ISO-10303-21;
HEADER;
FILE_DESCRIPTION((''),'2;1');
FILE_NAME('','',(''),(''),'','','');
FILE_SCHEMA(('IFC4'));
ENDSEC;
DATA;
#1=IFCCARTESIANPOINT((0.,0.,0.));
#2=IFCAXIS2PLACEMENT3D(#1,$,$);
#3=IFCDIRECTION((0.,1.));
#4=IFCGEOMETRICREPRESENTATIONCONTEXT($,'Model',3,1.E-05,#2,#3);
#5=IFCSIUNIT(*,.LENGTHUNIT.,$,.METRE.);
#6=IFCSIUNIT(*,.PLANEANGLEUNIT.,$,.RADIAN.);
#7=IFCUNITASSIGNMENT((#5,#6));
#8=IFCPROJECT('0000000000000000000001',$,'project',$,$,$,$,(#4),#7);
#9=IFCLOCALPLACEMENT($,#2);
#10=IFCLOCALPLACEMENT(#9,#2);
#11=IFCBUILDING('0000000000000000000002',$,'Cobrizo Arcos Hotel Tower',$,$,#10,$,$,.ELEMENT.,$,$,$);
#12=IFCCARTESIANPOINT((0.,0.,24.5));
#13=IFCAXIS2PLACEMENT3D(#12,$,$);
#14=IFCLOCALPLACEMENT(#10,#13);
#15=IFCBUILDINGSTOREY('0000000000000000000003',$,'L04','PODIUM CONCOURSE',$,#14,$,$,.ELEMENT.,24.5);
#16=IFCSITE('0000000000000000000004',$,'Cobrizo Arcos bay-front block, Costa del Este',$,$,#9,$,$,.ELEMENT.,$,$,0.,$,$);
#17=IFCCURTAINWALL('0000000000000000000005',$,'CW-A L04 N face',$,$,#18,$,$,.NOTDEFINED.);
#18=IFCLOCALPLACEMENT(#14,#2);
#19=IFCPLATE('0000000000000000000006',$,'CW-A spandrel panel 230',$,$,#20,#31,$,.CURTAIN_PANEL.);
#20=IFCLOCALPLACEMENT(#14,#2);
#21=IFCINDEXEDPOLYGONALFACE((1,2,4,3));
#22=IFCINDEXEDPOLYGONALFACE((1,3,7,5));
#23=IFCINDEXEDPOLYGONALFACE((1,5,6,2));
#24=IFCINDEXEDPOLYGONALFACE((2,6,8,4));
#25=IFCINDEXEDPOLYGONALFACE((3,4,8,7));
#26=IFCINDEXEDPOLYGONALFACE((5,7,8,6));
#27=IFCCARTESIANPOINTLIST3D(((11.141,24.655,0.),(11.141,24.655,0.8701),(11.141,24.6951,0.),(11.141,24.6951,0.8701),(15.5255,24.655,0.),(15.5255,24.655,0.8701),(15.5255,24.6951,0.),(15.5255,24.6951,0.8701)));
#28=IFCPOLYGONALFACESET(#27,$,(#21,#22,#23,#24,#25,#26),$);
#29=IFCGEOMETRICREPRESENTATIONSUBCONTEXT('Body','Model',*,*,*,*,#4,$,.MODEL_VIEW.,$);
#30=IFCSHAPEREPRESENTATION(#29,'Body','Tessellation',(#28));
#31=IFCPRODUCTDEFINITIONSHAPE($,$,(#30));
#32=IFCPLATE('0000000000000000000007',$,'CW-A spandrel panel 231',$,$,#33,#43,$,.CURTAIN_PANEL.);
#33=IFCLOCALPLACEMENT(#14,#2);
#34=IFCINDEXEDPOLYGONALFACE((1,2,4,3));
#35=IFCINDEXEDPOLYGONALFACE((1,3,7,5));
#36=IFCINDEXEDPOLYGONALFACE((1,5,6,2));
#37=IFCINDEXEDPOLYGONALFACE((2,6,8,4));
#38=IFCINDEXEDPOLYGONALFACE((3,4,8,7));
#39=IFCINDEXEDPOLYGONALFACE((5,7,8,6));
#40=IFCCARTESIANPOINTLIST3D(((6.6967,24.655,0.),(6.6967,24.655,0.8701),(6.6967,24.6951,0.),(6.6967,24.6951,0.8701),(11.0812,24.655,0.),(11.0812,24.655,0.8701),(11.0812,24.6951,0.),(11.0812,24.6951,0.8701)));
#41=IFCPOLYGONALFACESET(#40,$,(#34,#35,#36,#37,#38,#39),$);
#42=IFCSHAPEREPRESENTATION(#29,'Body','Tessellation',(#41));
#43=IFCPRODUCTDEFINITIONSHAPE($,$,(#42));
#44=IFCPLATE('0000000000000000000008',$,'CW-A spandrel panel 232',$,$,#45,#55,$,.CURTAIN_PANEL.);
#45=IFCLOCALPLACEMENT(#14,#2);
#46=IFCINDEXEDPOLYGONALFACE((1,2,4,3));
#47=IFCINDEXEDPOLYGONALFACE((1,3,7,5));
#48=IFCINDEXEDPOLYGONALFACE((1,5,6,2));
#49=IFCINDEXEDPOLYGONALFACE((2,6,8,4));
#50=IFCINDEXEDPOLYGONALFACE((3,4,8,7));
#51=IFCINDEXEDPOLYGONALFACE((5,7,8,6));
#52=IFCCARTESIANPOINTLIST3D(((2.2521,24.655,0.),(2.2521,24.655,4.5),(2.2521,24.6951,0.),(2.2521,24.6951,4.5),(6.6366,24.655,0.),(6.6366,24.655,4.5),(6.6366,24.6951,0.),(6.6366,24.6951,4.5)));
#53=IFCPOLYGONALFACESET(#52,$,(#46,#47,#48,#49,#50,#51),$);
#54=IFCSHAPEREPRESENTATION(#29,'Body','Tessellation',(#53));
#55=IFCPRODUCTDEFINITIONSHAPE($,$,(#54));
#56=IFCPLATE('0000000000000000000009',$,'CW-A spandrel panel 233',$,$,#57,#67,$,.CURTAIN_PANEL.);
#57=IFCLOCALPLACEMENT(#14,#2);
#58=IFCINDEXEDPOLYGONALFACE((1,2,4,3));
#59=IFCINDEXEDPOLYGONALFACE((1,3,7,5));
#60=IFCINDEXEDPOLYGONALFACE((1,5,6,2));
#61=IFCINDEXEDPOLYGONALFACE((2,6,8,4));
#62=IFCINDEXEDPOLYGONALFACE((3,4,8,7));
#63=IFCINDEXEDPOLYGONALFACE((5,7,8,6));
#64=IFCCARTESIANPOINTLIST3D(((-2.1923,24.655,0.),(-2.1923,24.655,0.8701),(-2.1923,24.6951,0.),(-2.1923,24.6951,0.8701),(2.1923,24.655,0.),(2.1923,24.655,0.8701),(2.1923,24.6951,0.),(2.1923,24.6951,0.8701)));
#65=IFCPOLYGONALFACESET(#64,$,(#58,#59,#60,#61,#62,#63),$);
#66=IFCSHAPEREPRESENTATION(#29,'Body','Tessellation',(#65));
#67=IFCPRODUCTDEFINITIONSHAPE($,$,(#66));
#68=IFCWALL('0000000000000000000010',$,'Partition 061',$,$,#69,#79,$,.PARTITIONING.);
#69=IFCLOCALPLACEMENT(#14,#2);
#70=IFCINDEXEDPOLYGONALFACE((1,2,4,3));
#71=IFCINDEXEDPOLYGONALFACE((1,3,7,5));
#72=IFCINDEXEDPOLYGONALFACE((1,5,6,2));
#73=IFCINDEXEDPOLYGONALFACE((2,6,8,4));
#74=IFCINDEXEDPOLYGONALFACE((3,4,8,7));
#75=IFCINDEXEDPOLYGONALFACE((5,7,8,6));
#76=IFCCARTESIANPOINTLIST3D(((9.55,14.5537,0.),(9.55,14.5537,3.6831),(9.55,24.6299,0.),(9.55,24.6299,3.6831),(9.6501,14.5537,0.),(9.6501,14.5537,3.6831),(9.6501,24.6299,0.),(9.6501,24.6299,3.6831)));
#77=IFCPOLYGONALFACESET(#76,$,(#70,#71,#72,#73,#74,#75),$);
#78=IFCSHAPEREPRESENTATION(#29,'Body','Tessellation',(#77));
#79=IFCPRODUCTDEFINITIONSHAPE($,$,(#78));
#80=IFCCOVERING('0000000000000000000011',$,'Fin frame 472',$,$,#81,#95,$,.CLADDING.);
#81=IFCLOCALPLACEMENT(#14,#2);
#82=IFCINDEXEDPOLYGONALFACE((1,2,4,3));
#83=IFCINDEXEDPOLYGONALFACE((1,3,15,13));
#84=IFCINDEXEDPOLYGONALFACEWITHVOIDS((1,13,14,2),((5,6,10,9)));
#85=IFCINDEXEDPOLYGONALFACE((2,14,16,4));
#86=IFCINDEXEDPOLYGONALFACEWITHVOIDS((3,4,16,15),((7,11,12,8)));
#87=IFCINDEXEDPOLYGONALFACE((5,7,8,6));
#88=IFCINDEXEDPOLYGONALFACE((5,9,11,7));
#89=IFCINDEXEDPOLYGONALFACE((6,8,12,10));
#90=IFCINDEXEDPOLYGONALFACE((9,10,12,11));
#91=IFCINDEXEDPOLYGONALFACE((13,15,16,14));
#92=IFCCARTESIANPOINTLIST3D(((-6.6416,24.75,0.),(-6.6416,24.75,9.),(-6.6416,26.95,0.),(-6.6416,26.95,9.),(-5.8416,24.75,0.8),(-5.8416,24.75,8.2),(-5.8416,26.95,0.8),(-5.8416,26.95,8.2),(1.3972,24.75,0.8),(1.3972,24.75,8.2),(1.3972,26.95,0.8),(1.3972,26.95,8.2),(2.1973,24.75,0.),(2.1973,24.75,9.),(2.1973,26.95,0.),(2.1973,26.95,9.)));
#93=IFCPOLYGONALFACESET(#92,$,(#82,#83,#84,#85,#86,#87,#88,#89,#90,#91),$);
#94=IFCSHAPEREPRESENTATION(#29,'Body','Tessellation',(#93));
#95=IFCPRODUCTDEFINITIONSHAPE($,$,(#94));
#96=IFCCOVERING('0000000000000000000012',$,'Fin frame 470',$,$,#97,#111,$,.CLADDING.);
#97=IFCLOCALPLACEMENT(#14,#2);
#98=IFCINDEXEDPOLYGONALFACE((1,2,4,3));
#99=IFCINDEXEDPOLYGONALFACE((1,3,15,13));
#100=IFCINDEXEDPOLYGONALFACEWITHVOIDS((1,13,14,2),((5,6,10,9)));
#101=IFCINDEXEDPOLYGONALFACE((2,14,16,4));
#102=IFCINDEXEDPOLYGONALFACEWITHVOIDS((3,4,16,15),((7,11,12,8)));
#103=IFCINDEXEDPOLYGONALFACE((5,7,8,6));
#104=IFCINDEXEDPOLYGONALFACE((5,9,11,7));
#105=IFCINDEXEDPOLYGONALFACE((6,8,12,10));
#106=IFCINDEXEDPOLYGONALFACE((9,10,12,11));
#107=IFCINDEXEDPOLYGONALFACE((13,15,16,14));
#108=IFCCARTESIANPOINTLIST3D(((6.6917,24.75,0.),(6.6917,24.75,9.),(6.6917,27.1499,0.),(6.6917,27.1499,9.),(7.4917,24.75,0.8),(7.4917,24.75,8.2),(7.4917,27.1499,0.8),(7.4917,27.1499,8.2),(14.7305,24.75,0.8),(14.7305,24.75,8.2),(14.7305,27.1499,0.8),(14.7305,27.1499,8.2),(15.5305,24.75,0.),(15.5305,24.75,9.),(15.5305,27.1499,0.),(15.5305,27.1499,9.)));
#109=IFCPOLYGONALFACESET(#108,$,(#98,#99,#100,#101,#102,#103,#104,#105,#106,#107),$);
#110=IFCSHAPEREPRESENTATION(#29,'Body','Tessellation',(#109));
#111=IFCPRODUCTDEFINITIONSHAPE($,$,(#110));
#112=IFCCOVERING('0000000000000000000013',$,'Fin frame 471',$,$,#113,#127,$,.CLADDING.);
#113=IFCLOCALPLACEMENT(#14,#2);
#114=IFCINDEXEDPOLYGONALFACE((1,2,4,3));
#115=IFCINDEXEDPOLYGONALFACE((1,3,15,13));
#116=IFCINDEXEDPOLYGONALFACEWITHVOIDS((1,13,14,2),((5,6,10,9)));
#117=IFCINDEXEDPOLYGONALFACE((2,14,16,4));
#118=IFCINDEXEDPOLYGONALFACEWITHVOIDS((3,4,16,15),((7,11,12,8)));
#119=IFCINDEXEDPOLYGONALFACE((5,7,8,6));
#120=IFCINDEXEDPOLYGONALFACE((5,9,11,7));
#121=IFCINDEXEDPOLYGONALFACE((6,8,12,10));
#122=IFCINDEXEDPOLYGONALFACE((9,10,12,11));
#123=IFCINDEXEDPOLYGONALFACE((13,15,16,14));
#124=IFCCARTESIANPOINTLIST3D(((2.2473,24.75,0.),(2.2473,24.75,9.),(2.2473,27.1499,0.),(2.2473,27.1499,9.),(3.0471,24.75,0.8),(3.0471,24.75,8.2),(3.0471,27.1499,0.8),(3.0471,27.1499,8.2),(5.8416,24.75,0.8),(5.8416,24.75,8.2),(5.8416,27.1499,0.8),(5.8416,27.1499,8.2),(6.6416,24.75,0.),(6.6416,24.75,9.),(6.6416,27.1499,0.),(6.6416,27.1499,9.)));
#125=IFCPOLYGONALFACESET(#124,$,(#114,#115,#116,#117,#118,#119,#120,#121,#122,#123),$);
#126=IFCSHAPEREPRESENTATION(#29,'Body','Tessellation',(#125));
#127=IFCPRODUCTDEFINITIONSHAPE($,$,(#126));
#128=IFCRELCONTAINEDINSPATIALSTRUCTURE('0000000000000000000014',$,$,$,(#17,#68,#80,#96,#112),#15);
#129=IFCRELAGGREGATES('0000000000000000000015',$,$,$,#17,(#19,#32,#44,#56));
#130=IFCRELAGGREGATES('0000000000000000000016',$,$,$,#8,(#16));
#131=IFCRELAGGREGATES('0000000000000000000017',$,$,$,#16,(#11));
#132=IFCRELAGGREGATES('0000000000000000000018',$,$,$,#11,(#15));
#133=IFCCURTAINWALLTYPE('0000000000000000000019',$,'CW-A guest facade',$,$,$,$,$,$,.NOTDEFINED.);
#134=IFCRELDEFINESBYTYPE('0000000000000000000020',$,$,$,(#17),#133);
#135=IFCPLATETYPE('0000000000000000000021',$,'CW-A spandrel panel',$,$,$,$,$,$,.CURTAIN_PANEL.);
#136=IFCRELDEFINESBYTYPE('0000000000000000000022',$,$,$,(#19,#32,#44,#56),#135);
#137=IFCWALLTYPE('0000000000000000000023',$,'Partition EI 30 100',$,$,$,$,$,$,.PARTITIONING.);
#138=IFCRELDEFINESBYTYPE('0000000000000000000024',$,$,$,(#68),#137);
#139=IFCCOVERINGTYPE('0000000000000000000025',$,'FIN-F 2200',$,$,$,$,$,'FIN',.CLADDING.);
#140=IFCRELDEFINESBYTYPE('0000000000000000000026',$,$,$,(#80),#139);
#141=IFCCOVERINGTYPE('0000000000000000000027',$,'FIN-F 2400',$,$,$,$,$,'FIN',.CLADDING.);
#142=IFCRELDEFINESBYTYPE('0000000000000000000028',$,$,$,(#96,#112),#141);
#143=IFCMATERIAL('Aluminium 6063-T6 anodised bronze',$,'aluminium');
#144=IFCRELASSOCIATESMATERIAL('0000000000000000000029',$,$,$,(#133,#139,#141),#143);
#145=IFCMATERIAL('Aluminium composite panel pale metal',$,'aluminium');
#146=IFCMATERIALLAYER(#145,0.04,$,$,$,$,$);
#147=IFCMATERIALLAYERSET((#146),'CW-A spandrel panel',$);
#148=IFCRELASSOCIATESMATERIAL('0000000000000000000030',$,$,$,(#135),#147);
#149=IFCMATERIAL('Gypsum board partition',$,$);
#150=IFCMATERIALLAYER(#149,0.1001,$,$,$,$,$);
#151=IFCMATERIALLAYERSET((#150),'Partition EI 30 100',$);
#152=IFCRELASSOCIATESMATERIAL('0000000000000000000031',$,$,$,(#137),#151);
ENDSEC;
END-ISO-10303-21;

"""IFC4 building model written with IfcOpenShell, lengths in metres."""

from ifc_helpers import new_model, si_unit, direction, frame, frame_2d, origin, origin_2d, place, context, subcontext, project, spatial, polyline, rectangle, outline, extrude, material, layer, layer_set, type_object, element, aggregate, save


model = new_model("IFC4")

# Units and contexts
model_context = context("Model", 3, precision=1e-05, world=origin(), true_north=direction((0.0, 1.0)))
body_context = subcontext(model_context, "Body", "Model", "MODEL_VIEW")
ifc_project = project(units=[si_unit("LENGTHUNIT", "METRE"), si_unit("PLANEANGLEUNIT", "RADIAN")], contexts=[model_context])

# Site, building, storey
site_placement = place(None, origin())
site = spatial("IfcSite", under=ifc_project, at=site_placement, Name="Cobrizo Arcos bay-front block, Costa del Este", CompositionType="ELEMENT", RefElevation=0.0)
building_placement = place(site_placement, origin())
building = spatial("IfcBuilding", under=site, at=building_placement, Name="Cobrizo Arcos Hotel Tower", CompositionType="ELEMENT")
storey_placement = place(building_placement, frame((0.0, 0.0, 24.5)))
storey = spatial("IfcBuildingStorey", under=building, at=storey_placement, Name="L04", Description="PODIUM CONCOURSE", CompositionType="ELEMENT", Elevation=24.5)

# Curtain wall
ifc_material_1 = material(Name="Aluminium 6063-T6 anodised bronze", Category="aluminium")
curtain_wall_type = type_object("IfcCurtainWallType", Name="CW-A guest facade", PredefinedType="NOTDEFINED", material=ifc_material_1)
curtain_wall_placement = place(storey_placement, origin())
curtain_wall = element("IfcCurtainWall", 1, at=curtain_wall_placement, inside=storey, type_object=curtain_wall_type, Name="CW-A L04 N face", PredefinedType="NOTDEFINED")

# Plates
ifc_material_2 = material(Name="Aluminium composite panel pale metal", Category="aluminium")
ifc_layer_1 = layer(ifc_material_2, 0.04)
ifc_layer_set_1 = layer_set([ifc_layer_1], Name="CW-A spandrel panel")
plate_type_1 = type_object("IfcPlateType", Name="CW-A spandrel panel", PredefinedType="CURTAIN_PANEL", material=ifc_layer_set_1)
plate_1_placement = place(storey_placement, frame((13.3333, 24.675, 0.0), z_axis=(0.0, 0.0, 1.0), x_axis=(-1.0, 0.0, 0.0)))
plate_1 = element("IfcPlate", 2, at=plate_1_placement, type_object=plate_type_1, Name="CW-A spandrel panel 230", PredefinedType="CURTAIN_PANEL", context=body_context, shape_type="SweptSolid", body=[
    extrude(rectangle(XDim=4.3845, YDim=0.04, at=origin_2d()), origin(), (0.0, 0.0, 1.0), 0.8701),
])
plate_2_placement = place(storey_placement, frame((8.8889, 24.675, 0.0), z_axis=(0.0, 0.0, 1.0), x_axis=(-1.0, 0.0, 0.0)))
plate_2 = element("IfcPlate", 3, at=plate_2_placement, type_object=plate_type_1, Name="CW-A spandrel panel 231", PredefinedType="CURTAIN_PANEL", context=body_context, shape_type="SweptSolid", body=[
    extrude(rectangle(XDim=4.3845, YDim=0.04, at=origin_2d()), origin(), (0.0, 0.0, 1.0), 0.8701),
])
plate_3_placement = place(storey_placement, frame((4.4443, 24.675, 0.0), z_axis=(0.0, 0.0, 1.0), x_axis=(-1.0, 0.0, 0.0)))
plate_3 = element("IfcPlate", 4, at=plate_3_placement, type_object=plate_type_1, Name="CW-A spandrel panel 232", PredefinedType="CURTAIN_PANEL", context=body_context, shape_type="SweptSolid", body=[
    extrude(rectangle(XDim=4.3845, YDim=0.04, at=origin_2d()), origin(), (0.0, 0.0, 1.0), 4.5),
])
plate_4_placement = place(storey_placement, frame((0.0, 24.675, 0.0), z_axis=(0.0, 0.0, 1.0), x_axis=(-1.0, 0.0, 0.0)))
plate_4 = element("IfcPlate", 5, at=plate_4_placement, type_object=plate_type_1, Name="CW-A spandrel panel 233", PredefinedType="CURTAIN_PANEL", context=body_context, shape_type="SweptSolid", body=[
    extrude(rectangle(XDim=4.3845, YDim=0.04, at=origin_2d()), origin(), (0.0, 0.0, 1.0), 0.8701),
])
aggregate(curtain_wall, [plate_1, plate_2, plate_3, plate_4])

# Wall
ifc_material_3 = material(Name="Gypsum board partition")
ifc_layer_2 = layer(ifc_material_3, 0.1001)
ifc_layer_set_2 = layer_set([ifc_layer_2], Name="Partition EI 30 100")
wall_type = type_object("IfcWallType", Name="Partition EI 30 100", PredefinedType="PARTITIONING", material=ifc_layer_set_2)
wall_placement = place(storey_placement, frame((9.6001, 14.5537, 0.0), z_axis=(0.0, 0.0, 1.0), x_axis=(0.0, 1.0, 0.0)))
element("IfcWall", 6, at=wall_placement, inside=storey, type_object=wall_type, Name="Partition 061", PredefinedType="PARTITIONING", context=body_context, shape_type="SweptSolid", body=[
    extrude(rectangle(XDim=10.0762, YDim=0.1001, at=frame_2d((5.0381, 0.0))), origin(), (0.0, 0.0, 1.0), 3.6831),
])

# Coverings
covering_type_1 = type_object("IfcCoveringType", Name="FIN-F 2200", ElementType="FIN", PredefinedType="CLADDING", material=ifc_material_1)
covering_1_placement = place(storey_placement, frame((2.1973, 24.75, 0.0), z_axis=(0.0, 1.0, 0.0), x_axis=(-1.0, 0.0, 0.0)))
element("IfcCovering", 7, at=covering_1_placement, inside=storey, type_object=covering_type_1, Name="Fin frame 472", PredefinedType="CLADDING", context=body_context, shape_type="SweptSolid", body=[
    extrude(outline(polyline([(0.0, 9.0), (0.0, 0.0), (8.8389, 0.0), (8.8389, 9.0), (0.0, 9.0)]), holes=[polyline([(8.0388, 0.8), (0.8, 0.8), (0.8, 8.2), (8.0388, 8.2), (8.0388, 0.8)])]), origin(), (0.0, 0.0, 1.0), 2.2),
])
covering_type_2 = type_object("IfcCoveringType", Name="FIN-F 2400", ElementType="FIN", PredefinedType="CLADDING", material=ifc_material_1)
covering_2_placement = place(storey_placement, frame((15.5305, 24.75, 0.0), z_axis=(0.0, 1.0, 0.0), x_axis=(-1.0, 0.0, 0.0)))
element("IfcCovering", 8, at=covering_2_placement, inside=storey, type_object=covering_type_2, Name="Fin frame 470", PredefinedType="CLADDING", context=body_context, shape_type="SweptSolid", body=[
    extrude(outline(polyline([(0.0, 9.0), (0.0, 0.0), (8.8389, 0.0), (8.8389, 9.0), (0.0, 9.0)]), holes=[polyline([(8.0388, 0.8), (0.8, 0.8), (0.8, 8.2), (8.0388, 8.2), (8.0388, 0.8)])]), origin(), (0.0, 0.0, 1.0), 2.3999),
])
covering_3_placement = place(storey_placement, frame((6.6416, 24.75, 0.0), z_axis=(0.0, 1.0, 0.0), x_axis=(-1.0, 0.0, 0.0)))
element("IfcCovering", 9, at=covering_3_placement, inside=storey, type_object=covering_type_2, Name="Fin frame 471", PredefinedType="CLADDING", context=body_context, shape_type="SweptSolid", body=[
    extrude(outline(polyline([(0.0, 9.0), (0.0, 0.0), (4.3943, 0.0), (4.3943, 9.0), (0.0, 9.0)]), holes=[polyline([(3.5945, 0.8), (0.8, 0.8), (0.8, 8.2), (3.5945, 8.2), (3.5945, 0.8)])]), origin(), (0.0, 0.0, 1.0), 2.3999),
])

save(model, "model.ifc")
